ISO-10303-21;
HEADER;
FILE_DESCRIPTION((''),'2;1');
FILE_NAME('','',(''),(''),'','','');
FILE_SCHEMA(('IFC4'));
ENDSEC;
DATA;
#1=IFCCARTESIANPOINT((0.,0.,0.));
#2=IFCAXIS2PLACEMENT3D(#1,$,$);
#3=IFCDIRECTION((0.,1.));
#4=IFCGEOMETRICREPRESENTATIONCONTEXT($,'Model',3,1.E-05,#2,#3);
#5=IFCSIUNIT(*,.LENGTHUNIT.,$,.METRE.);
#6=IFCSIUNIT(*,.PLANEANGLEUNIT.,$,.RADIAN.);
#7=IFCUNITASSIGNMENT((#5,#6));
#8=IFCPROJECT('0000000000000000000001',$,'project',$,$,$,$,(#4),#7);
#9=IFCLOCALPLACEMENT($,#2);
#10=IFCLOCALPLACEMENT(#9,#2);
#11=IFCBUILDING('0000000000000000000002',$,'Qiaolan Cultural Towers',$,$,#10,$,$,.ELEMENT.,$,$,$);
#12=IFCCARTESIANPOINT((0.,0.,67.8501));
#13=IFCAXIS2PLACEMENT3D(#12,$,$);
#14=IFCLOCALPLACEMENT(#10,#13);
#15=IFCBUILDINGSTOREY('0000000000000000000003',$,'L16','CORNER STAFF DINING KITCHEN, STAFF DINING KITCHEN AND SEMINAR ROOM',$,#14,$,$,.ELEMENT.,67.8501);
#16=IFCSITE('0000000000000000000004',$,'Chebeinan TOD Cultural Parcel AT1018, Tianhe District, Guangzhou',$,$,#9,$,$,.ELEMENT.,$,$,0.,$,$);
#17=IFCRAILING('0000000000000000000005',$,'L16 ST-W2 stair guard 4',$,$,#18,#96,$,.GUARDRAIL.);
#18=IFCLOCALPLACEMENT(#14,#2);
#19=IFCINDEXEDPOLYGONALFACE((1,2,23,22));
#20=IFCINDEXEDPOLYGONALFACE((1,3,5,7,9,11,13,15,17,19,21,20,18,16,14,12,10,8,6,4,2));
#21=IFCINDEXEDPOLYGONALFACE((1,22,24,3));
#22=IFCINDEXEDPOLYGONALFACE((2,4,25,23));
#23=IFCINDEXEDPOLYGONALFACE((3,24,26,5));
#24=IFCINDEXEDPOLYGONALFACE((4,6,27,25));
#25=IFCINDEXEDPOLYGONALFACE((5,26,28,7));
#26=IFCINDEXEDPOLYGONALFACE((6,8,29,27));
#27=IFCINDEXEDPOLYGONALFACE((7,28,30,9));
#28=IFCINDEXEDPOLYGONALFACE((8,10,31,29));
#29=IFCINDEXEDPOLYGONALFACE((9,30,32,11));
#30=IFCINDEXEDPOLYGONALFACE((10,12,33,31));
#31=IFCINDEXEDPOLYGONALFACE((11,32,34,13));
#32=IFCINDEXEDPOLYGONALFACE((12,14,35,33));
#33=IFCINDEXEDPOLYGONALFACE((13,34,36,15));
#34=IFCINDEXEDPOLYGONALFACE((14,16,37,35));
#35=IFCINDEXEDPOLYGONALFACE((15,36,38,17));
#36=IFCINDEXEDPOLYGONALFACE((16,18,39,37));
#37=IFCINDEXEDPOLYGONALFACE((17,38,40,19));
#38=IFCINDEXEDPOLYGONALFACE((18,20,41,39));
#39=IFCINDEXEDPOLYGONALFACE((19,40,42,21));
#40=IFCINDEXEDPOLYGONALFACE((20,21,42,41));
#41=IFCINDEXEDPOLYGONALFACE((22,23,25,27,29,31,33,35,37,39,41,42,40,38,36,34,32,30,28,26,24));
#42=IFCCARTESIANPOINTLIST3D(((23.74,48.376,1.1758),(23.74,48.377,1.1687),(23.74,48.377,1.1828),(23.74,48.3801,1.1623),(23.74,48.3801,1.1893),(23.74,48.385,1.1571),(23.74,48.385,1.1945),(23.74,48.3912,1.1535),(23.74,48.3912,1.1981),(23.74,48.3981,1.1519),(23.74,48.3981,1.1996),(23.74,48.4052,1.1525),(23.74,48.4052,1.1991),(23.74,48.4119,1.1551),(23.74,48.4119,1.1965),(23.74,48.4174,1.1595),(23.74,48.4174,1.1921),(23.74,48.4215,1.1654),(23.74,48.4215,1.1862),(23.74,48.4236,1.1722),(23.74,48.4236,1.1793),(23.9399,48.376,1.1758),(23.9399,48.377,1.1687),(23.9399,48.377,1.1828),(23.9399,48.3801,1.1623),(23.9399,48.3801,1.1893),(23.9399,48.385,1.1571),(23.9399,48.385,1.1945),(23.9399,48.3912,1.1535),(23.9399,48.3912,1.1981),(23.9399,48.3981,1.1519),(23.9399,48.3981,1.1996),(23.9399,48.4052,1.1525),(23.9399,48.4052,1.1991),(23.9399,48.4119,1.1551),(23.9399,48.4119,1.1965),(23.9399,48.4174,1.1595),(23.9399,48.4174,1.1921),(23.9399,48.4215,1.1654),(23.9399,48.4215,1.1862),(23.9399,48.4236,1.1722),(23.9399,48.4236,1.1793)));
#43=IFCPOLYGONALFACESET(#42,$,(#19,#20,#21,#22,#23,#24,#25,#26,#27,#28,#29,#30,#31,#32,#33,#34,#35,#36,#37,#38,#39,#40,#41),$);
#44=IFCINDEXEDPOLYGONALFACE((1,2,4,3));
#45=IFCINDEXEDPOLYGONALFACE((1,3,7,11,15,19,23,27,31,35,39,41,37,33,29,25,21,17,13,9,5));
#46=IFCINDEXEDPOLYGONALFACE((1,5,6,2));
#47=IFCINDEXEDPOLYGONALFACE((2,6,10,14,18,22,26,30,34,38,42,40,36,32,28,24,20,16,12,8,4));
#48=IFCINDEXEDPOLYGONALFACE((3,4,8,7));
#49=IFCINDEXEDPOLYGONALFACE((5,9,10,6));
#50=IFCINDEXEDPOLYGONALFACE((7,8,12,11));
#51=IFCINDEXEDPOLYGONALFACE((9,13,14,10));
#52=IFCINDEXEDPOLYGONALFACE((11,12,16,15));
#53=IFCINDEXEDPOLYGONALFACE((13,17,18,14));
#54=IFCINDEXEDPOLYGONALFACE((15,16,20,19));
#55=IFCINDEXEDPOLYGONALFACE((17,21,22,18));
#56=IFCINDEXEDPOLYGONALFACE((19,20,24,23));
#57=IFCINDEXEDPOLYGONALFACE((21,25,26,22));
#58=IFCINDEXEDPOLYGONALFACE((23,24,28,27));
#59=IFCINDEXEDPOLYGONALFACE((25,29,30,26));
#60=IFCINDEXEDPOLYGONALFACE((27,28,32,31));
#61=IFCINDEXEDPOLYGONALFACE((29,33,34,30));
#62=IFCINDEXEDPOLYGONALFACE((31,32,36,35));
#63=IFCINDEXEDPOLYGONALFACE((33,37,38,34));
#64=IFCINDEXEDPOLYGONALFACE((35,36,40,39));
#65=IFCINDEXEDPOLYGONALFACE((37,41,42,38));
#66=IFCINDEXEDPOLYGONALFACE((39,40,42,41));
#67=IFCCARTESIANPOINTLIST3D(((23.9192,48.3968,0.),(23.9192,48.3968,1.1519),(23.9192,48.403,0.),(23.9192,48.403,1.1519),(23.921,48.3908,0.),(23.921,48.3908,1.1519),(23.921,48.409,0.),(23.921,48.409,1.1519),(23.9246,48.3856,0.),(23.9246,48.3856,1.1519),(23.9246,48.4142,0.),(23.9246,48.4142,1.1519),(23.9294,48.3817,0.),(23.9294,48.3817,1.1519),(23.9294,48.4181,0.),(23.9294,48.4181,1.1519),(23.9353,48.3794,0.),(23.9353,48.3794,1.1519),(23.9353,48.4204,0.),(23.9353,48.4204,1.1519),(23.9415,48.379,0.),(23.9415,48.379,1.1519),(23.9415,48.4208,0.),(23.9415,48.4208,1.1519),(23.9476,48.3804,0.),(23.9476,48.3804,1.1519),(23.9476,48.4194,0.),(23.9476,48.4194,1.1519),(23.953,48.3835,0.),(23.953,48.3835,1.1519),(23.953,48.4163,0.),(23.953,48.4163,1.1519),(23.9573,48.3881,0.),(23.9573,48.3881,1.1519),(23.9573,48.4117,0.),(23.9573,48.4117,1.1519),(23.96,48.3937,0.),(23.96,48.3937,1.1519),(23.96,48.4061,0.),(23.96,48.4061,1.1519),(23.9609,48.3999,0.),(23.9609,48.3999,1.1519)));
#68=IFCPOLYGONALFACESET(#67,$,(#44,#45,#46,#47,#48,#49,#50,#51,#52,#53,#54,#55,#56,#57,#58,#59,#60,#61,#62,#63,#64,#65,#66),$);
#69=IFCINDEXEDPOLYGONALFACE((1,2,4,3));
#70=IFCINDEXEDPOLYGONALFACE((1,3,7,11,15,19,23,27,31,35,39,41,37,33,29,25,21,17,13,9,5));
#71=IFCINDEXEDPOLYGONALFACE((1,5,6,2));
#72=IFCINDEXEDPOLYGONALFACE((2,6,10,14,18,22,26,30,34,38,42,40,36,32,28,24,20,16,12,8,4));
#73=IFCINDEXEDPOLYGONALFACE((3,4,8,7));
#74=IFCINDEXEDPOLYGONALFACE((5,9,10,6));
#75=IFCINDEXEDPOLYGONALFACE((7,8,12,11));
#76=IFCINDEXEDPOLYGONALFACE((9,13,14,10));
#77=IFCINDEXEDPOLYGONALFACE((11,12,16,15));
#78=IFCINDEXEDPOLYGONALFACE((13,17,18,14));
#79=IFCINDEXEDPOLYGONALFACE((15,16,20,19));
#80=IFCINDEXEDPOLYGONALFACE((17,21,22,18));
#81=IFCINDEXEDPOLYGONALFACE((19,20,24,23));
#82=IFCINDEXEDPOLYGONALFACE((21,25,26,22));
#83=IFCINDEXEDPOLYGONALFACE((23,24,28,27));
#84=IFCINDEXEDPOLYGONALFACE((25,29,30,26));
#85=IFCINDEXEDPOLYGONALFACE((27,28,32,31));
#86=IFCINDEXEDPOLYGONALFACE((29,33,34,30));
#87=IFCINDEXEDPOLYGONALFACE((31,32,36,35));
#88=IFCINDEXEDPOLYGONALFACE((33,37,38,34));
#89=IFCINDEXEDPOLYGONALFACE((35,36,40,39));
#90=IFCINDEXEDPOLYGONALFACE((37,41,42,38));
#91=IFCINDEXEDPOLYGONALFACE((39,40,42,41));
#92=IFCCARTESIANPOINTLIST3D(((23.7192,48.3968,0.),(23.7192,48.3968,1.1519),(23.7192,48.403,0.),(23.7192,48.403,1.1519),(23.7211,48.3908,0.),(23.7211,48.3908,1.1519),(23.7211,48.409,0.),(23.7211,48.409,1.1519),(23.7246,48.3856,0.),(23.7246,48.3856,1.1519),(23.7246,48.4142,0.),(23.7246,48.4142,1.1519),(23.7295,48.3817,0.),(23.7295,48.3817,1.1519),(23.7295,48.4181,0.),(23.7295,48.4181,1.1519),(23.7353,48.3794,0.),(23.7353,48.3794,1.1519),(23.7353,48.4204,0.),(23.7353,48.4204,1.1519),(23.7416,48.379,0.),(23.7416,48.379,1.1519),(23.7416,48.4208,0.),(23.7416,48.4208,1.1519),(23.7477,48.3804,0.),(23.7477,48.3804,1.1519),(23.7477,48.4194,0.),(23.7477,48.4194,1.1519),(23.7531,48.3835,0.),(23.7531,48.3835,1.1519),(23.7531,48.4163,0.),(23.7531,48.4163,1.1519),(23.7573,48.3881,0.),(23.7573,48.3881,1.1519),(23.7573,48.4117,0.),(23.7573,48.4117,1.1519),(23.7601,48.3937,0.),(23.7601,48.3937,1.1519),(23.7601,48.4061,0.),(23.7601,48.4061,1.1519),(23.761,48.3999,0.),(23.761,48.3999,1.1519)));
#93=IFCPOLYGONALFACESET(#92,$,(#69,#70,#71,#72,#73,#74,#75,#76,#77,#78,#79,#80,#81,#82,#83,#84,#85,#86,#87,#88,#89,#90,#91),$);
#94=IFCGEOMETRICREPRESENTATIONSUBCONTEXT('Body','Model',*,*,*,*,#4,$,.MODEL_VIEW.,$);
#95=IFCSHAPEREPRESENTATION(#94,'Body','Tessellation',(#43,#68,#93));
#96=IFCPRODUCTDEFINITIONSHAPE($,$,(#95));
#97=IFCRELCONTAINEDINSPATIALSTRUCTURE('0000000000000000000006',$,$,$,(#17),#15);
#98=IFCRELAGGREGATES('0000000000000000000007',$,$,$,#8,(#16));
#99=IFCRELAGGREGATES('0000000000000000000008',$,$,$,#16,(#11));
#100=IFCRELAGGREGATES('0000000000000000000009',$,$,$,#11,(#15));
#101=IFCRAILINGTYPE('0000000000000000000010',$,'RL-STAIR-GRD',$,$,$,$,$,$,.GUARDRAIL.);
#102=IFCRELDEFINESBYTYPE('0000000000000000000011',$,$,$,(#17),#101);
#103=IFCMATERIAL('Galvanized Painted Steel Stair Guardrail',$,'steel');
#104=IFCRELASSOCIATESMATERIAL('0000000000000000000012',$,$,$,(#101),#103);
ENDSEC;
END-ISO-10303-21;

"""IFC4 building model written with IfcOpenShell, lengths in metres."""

from ifc_helpers import new_model, si_unit, direction, frame, origin, origin_2d, place, context, subcontext, project, spatial, circle, extrude, material, type_object, element, save


model = new_model("IFC4")

# Units and contexts
model_context = context("Model", 3, precision=1e-05, world=origin(), true_north=direction((0.0, 1.0)))
body_context = subcontext(model_context, "Body", "Model", "MODEL_VIEW")
ifc_project = project(units=[si_unit("LENGTHUNIT", "METRE"), si_unit("PLANEANGLEUNIT", "RADIAN")], contexts=[model_context])

# Site, building, storey
site_placement = place(None, origin())
site = spatial("IfcSite", under=ifc_project, at=site_placement, Name="Chebeinan TOD Cultural Parcel AT1018, Tianhe District, Guangzhou", CompositionType="ELEMENT", RefElevation=0.0)
building_placement = place(site_placement, origin())
building = spatial("IfcBuilding", under=site, at=building_placement, Name="Qiaolan Cultural Towers", CompositionType="ELEMENT")
storey_placement = place(building_placement, frame((0.0, 0.0, 67.8501)))
storey = spatial("IfcBuildingStorey", under=building, at=storey_placement, Name="L16", Description="CORNER STAFF DINING KITCHEN, STAFF DINING KITCHEN AND SEMINAR ROOM", CompositionType="ELEMENT", Elevation=67.8501)

# Railing
ifc_material_1 = material(Name="Galvanized Painted Steel Stair Guardrail", Category="steel")
railing_type_1 = type_object("IfcRailingType", Name="RL-STAIR-GRD", PredefinedType="GUARDRAIL", material=ifc_material_1)
railing_1_placement = place(storey_placement, frame((23.9399, 48.3999, 0.0)))
element("IfcRailing", 1, at=railing_1_placement, inside=storey, type_object=railing_type_1, Name="L16 ST-W2 stair guard 4", PredefinedType="GUARDRAIL", context=body_context, shape_type="SweptSolid", body=[
    extrude(circle(Radius=0.0239, at=origin_2d()), frame((0.0, 0.0, 1.1758), z_axis=(-1.0, 0.0, 0.0), x_axis=(0.0, -1.0, 0.0)), (0.0, 0.0, 1.0), 0.2),
    extrude(circle(Radius=0.021, at=origin_2d()), origin(), (0.0, 0.0, 1.0), 1.1519),
    extrude(circle(Radius=0.021, at=origin_2d()), frame((-0.2, 0.0, 0.0)), (0.0, 0.0, 1.0), 1.1519),
])

save(model, "model.ifc")
